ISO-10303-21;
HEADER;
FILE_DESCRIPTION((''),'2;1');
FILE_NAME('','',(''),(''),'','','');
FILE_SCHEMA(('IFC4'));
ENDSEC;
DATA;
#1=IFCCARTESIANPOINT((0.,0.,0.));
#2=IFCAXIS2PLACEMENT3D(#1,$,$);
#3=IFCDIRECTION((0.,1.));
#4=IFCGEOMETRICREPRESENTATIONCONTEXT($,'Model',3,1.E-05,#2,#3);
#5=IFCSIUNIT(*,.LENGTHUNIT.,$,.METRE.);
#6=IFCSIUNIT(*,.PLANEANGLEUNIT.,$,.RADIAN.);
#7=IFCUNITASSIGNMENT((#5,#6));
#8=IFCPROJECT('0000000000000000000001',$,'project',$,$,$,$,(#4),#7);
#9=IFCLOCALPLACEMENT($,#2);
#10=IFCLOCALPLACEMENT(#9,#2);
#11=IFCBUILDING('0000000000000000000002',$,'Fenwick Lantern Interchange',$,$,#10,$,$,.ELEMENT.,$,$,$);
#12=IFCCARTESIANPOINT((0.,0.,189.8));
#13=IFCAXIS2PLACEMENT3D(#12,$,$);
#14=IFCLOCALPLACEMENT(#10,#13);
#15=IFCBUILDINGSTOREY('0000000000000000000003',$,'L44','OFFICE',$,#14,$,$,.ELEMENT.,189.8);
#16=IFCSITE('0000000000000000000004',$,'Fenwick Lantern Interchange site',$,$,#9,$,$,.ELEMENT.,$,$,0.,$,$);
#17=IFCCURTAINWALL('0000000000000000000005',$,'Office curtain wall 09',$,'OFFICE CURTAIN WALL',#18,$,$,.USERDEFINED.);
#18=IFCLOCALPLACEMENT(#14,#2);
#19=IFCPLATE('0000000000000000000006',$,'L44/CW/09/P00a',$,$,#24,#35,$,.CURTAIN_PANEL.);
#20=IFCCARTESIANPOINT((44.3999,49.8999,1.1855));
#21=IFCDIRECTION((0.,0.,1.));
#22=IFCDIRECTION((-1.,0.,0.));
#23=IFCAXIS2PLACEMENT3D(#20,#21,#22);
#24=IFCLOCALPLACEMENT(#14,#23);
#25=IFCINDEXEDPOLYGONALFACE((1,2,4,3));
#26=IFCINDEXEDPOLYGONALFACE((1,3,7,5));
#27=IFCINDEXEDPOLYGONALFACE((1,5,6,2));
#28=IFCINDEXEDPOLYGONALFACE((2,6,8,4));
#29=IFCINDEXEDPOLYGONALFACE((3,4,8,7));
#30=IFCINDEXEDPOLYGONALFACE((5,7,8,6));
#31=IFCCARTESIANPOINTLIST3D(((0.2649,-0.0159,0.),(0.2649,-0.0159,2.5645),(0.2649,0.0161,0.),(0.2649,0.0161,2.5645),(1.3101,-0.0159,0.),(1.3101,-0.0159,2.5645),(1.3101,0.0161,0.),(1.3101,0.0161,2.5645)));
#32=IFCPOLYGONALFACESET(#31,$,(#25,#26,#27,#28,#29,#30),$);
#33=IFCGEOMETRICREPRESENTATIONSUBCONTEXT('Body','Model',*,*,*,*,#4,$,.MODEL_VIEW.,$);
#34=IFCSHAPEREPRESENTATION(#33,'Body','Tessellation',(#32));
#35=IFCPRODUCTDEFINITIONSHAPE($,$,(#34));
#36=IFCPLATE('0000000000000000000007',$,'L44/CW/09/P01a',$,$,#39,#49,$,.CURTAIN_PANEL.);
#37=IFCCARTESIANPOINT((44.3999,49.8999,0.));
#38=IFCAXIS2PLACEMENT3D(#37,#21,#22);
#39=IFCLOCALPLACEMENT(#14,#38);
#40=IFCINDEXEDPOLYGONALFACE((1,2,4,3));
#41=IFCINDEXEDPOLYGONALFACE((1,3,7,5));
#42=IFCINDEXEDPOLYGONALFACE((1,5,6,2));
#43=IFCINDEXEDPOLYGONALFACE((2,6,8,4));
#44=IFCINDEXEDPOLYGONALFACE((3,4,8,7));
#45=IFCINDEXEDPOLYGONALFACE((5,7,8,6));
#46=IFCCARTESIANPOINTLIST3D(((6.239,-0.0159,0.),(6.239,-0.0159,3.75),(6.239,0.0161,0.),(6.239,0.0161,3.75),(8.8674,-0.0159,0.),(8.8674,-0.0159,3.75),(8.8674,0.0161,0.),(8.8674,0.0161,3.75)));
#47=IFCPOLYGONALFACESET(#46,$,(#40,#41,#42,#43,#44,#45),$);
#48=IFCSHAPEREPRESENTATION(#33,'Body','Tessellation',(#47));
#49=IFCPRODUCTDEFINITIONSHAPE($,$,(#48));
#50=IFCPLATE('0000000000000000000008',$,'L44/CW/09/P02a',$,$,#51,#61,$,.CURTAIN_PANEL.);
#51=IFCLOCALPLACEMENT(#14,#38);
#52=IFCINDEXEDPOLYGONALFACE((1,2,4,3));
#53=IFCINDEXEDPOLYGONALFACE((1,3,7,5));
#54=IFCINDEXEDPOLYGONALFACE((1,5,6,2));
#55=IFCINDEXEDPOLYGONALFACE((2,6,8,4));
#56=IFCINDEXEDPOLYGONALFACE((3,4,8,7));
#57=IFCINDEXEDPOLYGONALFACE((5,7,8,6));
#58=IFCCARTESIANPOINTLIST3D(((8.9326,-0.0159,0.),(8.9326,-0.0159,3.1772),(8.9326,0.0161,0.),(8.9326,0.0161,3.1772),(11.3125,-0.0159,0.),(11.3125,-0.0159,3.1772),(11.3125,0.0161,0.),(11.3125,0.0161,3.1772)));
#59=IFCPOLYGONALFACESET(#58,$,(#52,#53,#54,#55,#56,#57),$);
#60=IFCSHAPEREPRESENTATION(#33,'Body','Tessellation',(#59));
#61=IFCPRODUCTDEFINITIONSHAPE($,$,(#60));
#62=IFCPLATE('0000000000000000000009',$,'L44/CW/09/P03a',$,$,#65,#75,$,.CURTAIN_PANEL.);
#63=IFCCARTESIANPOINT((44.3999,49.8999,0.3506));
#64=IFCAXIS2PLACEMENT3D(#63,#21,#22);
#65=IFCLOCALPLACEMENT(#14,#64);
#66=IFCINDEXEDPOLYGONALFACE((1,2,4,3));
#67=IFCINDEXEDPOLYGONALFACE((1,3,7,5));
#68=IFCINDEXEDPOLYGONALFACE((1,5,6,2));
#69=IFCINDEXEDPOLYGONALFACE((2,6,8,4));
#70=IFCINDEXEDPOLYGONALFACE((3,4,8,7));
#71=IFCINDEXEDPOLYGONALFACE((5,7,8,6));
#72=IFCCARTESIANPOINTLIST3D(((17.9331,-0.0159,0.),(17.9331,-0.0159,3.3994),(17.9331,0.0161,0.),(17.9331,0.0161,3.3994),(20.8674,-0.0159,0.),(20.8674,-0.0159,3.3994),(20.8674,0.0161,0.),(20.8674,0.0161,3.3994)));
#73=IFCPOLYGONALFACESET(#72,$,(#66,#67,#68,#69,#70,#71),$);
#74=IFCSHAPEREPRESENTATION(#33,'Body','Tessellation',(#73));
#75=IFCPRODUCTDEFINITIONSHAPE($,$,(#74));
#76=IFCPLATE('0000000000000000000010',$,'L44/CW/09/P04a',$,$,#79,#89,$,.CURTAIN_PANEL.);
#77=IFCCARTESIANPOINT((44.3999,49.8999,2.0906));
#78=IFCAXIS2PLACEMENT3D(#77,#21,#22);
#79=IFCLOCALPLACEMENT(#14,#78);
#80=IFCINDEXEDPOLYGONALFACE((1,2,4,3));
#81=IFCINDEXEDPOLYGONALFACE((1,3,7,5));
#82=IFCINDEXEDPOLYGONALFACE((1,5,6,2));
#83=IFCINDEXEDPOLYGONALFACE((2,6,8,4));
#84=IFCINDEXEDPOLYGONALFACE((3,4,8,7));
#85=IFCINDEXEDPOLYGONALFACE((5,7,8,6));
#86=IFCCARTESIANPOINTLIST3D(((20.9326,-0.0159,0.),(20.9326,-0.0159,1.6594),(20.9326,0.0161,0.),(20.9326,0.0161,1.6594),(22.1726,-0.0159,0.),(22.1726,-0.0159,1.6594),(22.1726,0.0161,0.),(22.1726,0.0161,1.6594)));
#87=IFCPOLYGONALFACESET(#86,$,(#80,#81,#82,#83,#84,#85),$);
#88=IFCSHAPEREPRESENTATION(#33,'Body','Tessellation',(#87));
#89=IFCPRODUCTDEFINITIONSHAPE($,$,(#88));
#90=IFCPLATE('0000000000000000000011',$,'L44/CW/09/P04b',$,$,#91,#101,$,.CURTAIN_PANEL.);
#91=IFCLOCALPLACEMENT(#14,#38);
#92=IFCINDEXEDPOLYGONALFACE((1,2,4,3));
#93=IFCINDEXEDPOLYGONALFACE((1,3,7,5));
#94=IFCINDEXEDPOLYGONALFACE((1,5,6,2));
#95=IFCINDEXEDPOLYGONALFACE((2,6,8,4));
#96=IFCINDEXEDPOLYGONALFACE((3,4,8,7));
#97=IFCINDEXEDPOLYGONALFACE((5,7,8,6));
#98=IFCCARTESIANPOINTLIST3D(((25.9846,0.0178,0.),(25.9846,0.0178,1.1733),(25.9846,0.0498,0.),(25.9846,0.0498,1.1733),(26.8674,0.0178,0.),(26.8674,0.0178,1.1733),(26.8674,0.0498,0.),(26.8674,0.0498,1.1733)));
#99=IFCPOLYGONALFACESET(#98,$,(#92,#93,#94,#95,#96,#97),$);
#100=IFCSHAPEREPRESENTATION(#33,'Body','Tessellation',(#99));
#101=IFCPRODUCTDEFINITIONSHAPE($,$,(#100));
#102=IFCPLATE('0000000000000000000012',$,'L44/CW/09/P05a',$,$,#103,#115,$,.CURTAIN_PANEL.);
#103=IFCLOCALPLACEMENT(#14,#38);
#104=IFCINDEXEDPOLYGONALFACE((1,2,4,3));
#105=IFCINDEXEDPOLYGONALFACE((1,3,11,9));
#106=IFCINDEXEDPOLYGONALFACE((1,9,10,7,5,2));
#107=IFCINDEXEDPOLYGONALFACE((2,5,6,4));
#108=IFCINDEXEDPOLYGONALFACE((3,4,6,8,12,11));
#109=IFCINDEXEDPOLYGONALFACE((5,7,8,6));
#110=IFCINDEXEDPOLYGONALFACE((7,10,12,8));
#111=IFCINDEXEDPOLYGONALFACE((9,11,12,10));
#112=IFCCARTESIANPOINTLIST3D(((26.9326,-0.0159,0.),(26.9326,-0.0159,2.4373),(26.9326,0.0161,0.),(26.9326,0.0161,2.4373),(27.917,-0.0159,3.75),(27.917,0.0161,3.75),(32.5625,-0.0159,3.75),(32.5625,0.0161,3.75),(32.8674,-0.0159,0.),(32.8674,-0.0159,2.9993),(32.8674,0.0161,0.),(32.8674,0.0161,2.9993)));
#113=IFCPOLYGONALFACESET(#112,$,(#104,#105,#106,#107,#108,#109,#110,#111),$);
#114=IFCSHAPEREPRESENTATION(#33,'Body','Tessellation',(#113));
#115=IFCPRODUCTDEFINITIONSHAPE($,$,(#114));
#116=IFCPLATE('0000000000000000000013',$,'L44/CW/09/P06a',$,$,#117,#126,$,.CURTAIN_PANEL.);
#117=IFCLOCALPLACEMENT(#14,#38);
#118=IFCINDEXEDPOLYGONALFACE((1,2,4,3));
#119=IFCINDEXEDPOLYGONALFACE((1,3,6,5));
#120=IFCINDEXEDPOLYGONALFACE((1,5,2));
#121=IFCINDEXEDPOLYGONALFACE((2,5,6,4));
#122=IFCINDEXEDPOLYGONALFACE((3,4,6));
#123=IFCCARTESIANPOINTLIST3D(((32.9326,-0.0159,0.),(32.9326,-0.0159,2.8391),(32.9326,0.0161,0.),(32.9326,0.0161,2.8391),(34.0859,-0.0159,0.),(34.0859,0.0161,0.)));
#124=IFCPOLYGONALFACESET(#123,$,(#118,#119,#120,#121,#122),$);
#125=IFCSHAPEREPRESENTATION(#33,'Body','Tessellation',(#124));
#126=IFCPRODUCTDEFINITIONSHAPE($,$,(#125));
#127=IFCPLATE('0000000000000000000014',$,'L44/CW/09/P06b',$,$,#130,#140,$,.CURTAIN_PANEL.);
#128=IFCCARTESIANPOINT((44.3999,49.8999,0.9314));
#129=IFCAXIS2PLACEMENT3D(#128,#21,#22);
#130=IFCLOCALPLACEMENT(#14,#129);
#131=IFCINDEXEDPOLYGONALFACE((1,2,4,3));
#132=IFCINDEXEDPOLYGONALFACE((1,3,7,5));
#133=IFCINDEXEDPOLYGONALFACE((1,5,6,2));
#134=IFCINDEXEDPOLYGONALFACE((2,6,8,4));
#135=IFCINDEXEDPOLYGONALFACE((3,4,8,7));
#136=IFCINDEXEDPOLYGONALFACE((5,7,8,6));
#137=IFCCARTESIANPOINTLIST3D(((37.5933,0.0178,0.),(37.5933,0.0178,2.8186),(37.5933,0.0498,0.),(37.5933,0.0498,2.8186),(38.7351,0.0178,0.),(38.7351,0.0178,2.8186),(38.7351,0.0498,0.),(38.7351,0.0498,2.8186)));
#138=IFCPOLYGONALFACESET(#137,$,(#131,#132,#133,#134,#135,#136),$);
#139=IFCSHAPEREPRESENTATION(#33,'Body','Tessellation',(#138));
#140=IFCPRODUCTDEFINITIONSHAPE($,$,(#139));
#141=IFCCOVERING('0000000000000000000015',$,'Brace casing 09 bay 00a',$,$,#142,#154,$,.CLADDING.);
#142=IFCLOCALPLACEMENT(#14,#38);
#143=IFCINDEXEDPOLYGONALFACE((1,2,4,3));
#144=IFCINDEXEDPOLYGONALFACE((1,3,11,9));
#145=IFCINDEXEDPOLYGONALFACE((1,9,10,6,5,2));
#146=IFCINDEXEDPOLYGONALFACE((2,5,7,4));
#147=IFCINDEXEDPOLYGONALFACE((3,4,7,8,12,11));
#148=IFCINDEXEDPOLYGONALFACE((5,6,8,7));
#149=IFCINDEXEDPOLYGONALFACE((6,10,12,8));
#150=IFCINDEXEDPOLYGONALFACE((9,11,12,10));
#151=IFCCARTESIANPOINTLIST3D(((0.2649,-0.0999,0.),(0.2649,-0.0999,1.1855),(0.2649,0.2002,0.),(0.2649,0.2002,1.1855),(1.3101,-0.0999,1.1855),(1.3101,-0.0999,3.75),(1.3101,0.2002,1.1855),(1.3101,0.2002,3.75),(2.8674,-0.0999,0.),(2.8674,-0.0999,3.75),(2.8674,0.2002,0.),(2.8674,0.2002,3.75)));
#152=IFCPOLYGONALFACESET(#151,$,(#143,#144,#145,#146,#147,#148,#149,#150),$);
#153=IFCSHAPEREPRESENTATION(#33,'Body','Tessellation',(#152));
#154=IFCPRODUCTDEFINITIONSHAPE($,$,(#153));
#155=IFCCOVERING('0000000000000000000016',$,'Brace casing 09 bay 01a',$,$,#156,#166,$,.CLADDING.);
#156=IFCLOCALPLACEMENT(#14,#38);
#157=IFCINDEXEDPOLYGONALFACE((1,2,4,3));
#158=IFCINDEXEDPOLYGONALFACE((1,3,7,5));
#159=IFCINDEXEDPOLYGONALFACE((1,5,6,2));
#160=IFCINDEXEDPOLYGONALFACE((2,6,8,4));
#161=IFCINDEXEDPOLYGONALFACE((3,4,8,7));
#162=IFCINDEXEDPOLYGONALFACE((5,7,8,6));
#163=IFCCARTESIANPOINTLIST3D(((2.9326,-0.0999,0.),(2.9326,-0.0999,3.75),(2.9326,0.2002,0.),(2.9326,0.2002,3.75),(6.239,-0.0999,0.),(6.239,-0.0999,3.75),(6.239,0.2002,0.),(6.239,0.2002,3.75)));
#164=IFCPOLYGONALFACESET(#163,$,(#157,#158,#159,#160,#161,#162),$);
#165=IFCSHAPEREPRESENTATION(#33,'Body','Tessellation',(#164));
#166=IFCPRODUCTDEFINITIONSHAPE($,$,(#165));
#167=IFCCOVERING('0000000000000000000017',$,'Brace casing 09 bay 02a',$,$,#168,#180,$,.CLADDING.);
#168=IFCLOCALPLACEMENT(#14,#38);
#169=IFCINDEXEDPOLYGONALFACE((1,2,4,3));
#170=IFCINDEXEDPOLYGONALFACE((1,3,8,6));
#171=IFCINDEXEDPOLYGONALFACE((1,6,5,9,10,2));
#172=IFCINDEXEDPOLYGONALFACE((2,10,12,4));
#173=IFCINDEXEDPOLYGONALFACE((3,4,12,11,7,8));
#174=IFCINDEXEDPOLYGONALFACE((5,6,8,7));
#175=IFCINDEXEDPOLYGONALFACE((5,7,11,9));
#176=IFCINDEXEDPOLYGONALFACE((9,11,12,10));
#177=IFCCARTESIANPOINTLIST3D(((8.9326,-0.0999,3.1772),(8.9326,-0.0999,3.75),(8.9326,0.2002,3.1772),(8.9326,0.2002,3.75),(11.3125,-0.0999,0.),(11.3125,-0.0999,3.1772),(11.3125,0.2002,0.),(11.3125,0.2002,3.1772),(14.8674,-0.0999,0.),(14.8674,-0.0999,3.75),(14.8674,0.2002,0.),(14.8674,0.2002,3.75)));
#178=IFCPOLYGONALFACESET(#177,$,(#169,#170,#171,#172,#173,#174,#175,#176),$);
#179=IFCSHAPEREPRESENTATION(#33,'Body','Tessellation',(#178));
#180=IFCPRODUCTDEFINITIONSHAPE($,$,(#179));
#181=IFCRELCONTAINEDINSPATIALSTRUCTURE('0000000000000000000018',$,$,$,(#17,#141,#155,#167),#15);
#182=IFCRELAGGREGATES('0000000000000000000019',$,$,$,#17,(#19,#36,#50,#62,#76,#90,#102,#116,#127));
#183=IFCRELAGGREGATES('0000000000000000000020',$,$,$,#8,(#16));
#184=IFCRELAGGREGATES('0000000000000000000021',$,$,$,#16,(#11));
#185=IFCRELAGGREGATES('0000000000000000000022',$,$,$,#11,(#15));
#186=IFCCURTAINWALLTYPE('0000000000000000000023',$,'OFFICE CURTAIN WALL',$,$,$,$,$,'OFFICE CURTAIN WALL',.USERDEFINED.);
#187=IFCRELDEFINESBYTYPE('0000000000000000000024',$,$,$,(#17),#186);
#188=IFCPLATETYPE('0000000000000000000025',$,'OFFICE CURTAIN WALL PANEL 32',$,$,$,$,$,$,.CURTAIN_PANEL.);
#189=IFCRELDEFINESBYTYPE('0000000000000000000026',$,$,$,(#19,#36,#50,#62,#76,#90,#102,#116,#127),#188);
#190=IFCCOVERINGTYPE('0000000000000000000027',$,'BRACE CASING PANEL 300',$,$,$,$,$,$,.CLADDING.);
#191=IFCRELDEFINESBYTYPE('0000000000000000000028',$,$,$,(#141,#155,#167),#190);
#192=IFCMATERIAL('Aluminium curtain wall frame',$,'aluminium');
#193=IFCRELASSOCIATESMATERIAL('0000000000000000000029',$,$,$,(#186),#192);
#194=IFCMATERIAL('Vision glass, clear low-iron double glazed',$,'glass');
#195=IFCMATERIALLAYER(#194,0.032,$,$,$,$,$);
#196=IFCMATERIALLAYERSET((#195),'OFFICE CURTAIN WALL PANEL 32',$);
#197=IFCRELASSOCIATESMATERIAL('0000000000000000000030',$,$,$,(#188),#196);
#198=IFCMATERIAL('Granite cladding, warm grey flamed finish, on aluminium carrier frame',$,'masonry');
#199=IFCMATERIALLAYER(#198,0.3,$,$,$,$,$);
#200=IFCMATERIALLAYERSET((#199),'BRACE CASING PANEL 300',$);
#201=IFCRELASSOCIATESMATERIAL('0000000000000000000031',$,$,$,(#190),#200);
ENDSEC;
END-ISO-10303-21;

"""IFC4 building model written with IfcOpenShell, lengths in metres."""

from ifc_helpers import new_model, si_unit, direction, frame, origin, place, context, subcontext, project, spatial, polyline, outline, extrude, material, layer, layer_set, type_object, element, aggregate, save


model = new_model("IFC4")

# Units and contexts
model_context = context("Model", 3, precision=1e-05, world=origin(), true_north=direction((0.0, 1.0)))
body_context = subcontext(model_context, "Body", "Model", "MODEL_VIEW")
ifc_project = project(units=[si_unit("LENGTHUNIT", "METRE"), si_unit("PLANEANGLEUNIT", "RADIAN")], contexts=[model_context])

# Site, building, storey
site_placement = place(None, origin())
site = spatial("IfcSite", under=ifc_project, at=site_placement, Name="Fenwick Lantern Interchange site", CompositionType="ELEMENT", RefElevation=0.0)
building_placement = place(site_placement, origin())
building = spatial("IfcBuilding", under=site, at=building_placement, Name="Fenwick Lantern Interchange", CompositionType="ELEMENT")
storey_placement = place(building_placement, frame((0.0, 0.0, 189.8)))
storey = spatial("IfcBuildingStorey", under=building, at=storey_placement, Name="L44", Description="OFFICE", CompositionType="ELEMENT", Elevation=189.8)

# Shared definitions
ifc_material_1 = material(Name="Aluminium curtain wall frame", Category="aluminium")
curtain_wall_type = type_object("IfcCurtainWallType", Name="OFFICE CURTAIN WALL", ElementType="OFFICE CURTAIN WALL", PredefinedType="USERDEFINED", material=ifc_material_1)

# Curtain wall
curtain_wall_1_placement = place(storey_placement, origin())
curtain_wall_1 = element("IfcCurtainWall", 1, at=curtain_wall_1_placement, inside=storey, type_object=curtain_wall_type, Name="Office curtain wall 09", ObjectType="OFFICE CURTAIN WALL", PredefinedType="USERDEFINED")

# Plates
ifc_material_2 = material(Name="Vision glass, clear low-iron double glazed", Category="glass")
ifc_layer_1 = layer(ifc_material_2, 0.032)
ifc_layer_set_1 = layer_set([ifc_layer_1], Name="OFFICE CURTAIN WALL PANEL 32")
plate_type = type_object("IfcPlateType", Name="OFFICE CURTAIN WALL PANEL 32", PredefinedType="CURTAIN_PANEL", material=ifc_layer_set_1)
plate_1_placement = place(storey_placement, frame((44.3999, 49.8999, 1.1855), z_axis=(0.0, 0.0, 1.0), x_axis=(-1.0, 0.0, 0.0)))
plate_1 = element("IfcPlate", 2, at=plate_1_placement, type_object=plate_type, Name="L44/CW/09/P00a", PredefinedType="CURTAIN_PANEL", context=body_context, shape_type="SweptSolid", body=[
    extrude(outline(polyline([(0.2649, 0.0), (1.3101, 0.0), (1.3101, 2.5645), (0.2649, 2.5645), (0.2649, 0.0)])), frame((0.0, 0.0161, 0.0), z_axis=(0.0, -1.0, 0.0), x_axis=(1.0, 0.0, 0.0)), (0.0, 0.0, 1.0), 0.032),
])
plate_2_placement = place(storey_placement, frame((44.3999, 49.8999, 0.0), z_axis=(0.0, 0.0, 1.0), x_axis=(-1.0, 0.0, 0.0)))
plate_2 = element("IfcPlate", 3, at=plate_2_placement, type_object=plate_type, Name="L44/CW/09/P01a", PredefinedType="CURTAIN_PANEL", context=body_context, shape_type="SweptSolid", body=[
    extrude(outline(polyline([(6.239, 0.0), (8.8674, 0.0), (8.8674, 3.75), (6.239, 3.75), (6.239, 0.0)])), frame((0.0, 0.0161, 0.0), z_axis=(0.0, -1.0, 0.0), x_axis=(1.0, 0.0, 0.0)), (0.0, 0.0, 1.0), 0.032),
])
plate_3_placement = place(storey_placement, frame((44.3999, 49.8999, 0.0), z_axis=(0.0, 0.0, 1.0), x_axis=(-1.0, 0.0, 0.0)))
plate_3 = element("IfcPlate", 4, at=plate_3_placement, type_object=plate_type, Name="L44/CW/09/P02a", PredefinedType="CURTAIN_PANEL", context=body_context, shape_type="SweptSolid", body=[
    extrude(outline(polyline([(8.9326, 0.0), (11.3125, 0.0), (11.3125, 3.1772), (8.9326, 3.1772), (8.9326, 0.0)])), frame((0.0, 0.0161, 0.0), z_axis=(0.0, -1.0, 0.0), x_axis=(1.0, 0.0, 0.0)), (0.0, 0.0, 1.0), 0.032),
])
plate_4_placement = place(storey_placement, frame((44.3999, 49.8999, 0.3506), z_axis=(0.0, 0.0, 1.0), x_axis=(-1.0, 0.0, 0.0)))
plate_4 = element("IfcPlate", 5, at=plate_4_placement, type_object=plate_type, Name="L44/CW/09/P03a", PredefinedType="CURTAIN_PANEL", context=body_context, shape_type="SweptSolid", body=[
    extrude(outline(polyline([(17.9331, 0.0), (20.8674, 0.0), (20.8674, 3.3994), (17.9331, 3.3994), (17.9331, 0.0)])), frame((0.0, 0.0161, 0.0), z_axis=(0.0, -1.0, 0.0), x_axis=(1.0, 0.0, 0.0)), (0.0, 0.0, 1.0), 0.032),
])
plate_5_placement = place(storey_placement, frame((44.3999, 49.8999, 2.0906), z_axis=(0.0, 0.0, 1.0), x_axis=(-1.0, 0.0, 0.0)))
plate_5 = element("IfcPlate", 6, at=plate_5_placement, type_object=plate_type, Name="L44/CW/09/P04a", PredefinedType="CURTAIN_PANEL", context=body_context, shape_type="SweptSolid", body=[
    extrude(outline(polyline([(20.9326, 0.0), (22.1726, 0.0), (22.1726, 1.6594), (20.9326, 1.6594), (20.9326, 0.0)])), frame((0.0, 0.0161, 0.0), z_axis=(0.0, -1.0, 0.0), x_axis=(1.0, 0.0, 0.0)), (0.0, 0.0, 1.0), 0.032),
])
plate_6_placement = place(storey_placement, frame((44.3999, 49.8999, 0.0), z_axis=(0.0, 0.0, 1.0), x_axis=(-1.0, 0.0, 0.0)))
plate_6 = element("IfcPlate", 7, at=plate_6_placement, type_object=plate_type, Name="L44/CW/09/P04b", PredefinedType="CURTAIN_PANEL", context=body_context, shape_type="SweptSolid", body=[
    extrude(outline(polyline([(25.9846, 0.0), (26.8674, 0.0), (26.8674, 1.1733), (25.9846, 1.1733), (25.9846, 0.0)])), frame((0.0, 0.0498, 0.0), z_axis=(0.0, -1.0, 0.0), x_axis=(1.0, 0.0, 0.0)), (0.0, 0.0, 1.0), 0.032),
])
plate_7_placement = place(storey_placement, frame((44.3999, 49.8999, 0.0), z_axis=(0.0, 0.0, 1.0), x_axis=(-1.0, 0.0, 0.0)))
plate_7 = element("IfcPlate", 8, at=plate_7_placement, type_object=plate_type, Name="L44/CW/09/P05a", PredefinedType="CURTAIN_PANEL", context=body_context, shape_type="SweptSolid", body=[
    extrude(outline(polyline([(26.9326, 0.0), (32.8674, 0.0), (32.8674, 2.9993), (32.5625, 3.75), (27.917, 3.75), (26.9326, 2.4373), (26.9326, 0.0)])), frame((0.0, 0.0161, 0.0), z_axis=(0.0, -1.0, 0.0), x_axis=(1.0, 0.0, 0.0)), (0.0, 0.0, 1.0), 0.032),
])
plate_8_placement = place(storey_placement, frame((44.3999, 49.8999, 0.0), z_axis=(0.0, 0.0, 1.0), x_axis=(-1.0, 0.0, 0.0)))
plate_8 = element("IfcPlate", 9, at=plate_8_placement, type_object=plate_type, Name="L44/CW/09/P06a", PredefinedType="CURTAIN_PANEL", context=body_context, shape_type="SweptSolid", body=[
    extrude(outline(polyline([(32.9326, 0.0), (34.0859, 0.0), (32.9326, 2.8391), (32.9326, 0.0)])), frame((0.0, 0.0161, 0.0), z_axis=(0.0, -1.0, 0.0), x_axis=(1.0, 0.0, 0.0)), (0.0, 0.0, 1.0), 0.032),
])
plate_9_placement = place(storey_placement, frame((44.3999, 49.8999, 0.9314), z_axis=(0.0, 0.0, 1.0), x_axis=(-1.0, 0.0, 0.0)))
plate_9 = element("IfcPlate", 10, at=plate_9_placement, type_object=plate_type, Name="L44/CW/09/P06b", PredefinedType="CURTAIN_PANEL", context=body_context, shape_type="SweptSolid", body=[
    extrude(outline(polyline([(37.5933, 0.0), (38.7351, 0.0), (38.7351, 2.8186), (37.5933, 2.8186), (37.5933, 0.0)])), frame((0.0, 0.0498, 0.0), z_axis=(0.0, -1.0, 0.0), x_axis=(1.0, 0.0, 0.0)), (0.0, 0.0, 1.0), 0.032),
])
aggregate(curtain_wall_1, [plate_1, plate_2, plate_3, plate_4, plate_5, plate_6, plate_7, plate_8, plate_9])

# Coverings
ifc_material_3 = material(Name="Granite cladding, warm grey flamed finish, on aluminium carrier frame", Category="masonry")
ifc_layer_2 = layer(ifc_material_3, 0.3)
ifc_layer_set_2 = layer_set([ifc_layer_2], Name="BRACE CASING PANEL 300")
covering_type = type_object("IfcCoveringType", Name="BRACE CASING PANEL 300", PredefinedType="CLADDING", material=ifc_layer_set_2)
covering_1_placement = place(storey_placement, frame((44.3999, 49.8999, 0.0), z_axis=(0.0, 0.0, 1.0), x_axis=(-1.0, 0.0, 0.0)))
element("IfcCovering", 11, at=covering_1_placement, inside=storey, type_object=covering_type, Name="Brace casing 09 bay 00a", PredefinedType="CLADDING", context=body_context, shape_type="SweptSolid", body=[
    extrude(outline(polyline([(0.2649, 0.0), (2.8674, 0.0), (2.8674, 3.75), (1.3101, 3.75), (1.3101, 1.1855), (0.2649, 1.1855), (0.2649, 0.0)])), frame((0.0, 0.2002, 0.0), z_axis=(0.0, -1.0, 0.0), x_axis=(1.0, 0.0, 0.0)), (0.0, 0.0, 1.0), 0.3),
])
covering_2_placement = place(storey_placement, frame((44.3999, 49.8999, 0.0), z_axis=(0.0, 0.0, 1.0), x_axis=(-1.0, 0.0, 0.0)))
element("IfcCovering", 12, at=covering_2_placement, inside=storey, type_object=covering_type, Name="Brace casing 09 bay 01a", PredefinedType="CLADDING", context=body_context, shape_type="SweptSolid", body=[
    extrude(outline(polyline([(2.9326, 0.0), (6.239, 0.0), (6.239, 3.75), (2.9326, 3.75), (2.9326, 0.0)])), frame((0.0, 0.2002, 0.0), z_axis=(0.0, -1.0, 0.0), x_axis=(1.0, 0.0, 0.0)), (0.0, 0.0, 1.0), 0.3),
])
covering_3_placement = place(storey_placement, frame((44.3999, 49.8999, 0.0), z_axis=(0.0, 0.0, 1.0), x_axis=(-1.0, 0.0, 0.0)))
element("IfcCovering", 13, at=covering_3_placement, inside=storey, type_object=covering_type, Name="Brace casing 09 bay 02a", PredefinedType="CLADDING", context=body_context, shape_type="SweptSolid", body=[
    extrude(outline(polyline([(11.3125, 0.0), (14.8674, 0.0), (14.8674, 3.75), (8.9326, 3.75), (8.9326, 3.1772), (11.3125, 3.1772), (11.3125, 0.0)])), frame((0.0, 0.2002, 0.0), z_axis=(0.0, -1.0, 0.0), x_axis=(1.0, 0.0, 0.0)), (0.0, 0.0, 1.0), 0.3),
])

save(model, "model.ifc")
